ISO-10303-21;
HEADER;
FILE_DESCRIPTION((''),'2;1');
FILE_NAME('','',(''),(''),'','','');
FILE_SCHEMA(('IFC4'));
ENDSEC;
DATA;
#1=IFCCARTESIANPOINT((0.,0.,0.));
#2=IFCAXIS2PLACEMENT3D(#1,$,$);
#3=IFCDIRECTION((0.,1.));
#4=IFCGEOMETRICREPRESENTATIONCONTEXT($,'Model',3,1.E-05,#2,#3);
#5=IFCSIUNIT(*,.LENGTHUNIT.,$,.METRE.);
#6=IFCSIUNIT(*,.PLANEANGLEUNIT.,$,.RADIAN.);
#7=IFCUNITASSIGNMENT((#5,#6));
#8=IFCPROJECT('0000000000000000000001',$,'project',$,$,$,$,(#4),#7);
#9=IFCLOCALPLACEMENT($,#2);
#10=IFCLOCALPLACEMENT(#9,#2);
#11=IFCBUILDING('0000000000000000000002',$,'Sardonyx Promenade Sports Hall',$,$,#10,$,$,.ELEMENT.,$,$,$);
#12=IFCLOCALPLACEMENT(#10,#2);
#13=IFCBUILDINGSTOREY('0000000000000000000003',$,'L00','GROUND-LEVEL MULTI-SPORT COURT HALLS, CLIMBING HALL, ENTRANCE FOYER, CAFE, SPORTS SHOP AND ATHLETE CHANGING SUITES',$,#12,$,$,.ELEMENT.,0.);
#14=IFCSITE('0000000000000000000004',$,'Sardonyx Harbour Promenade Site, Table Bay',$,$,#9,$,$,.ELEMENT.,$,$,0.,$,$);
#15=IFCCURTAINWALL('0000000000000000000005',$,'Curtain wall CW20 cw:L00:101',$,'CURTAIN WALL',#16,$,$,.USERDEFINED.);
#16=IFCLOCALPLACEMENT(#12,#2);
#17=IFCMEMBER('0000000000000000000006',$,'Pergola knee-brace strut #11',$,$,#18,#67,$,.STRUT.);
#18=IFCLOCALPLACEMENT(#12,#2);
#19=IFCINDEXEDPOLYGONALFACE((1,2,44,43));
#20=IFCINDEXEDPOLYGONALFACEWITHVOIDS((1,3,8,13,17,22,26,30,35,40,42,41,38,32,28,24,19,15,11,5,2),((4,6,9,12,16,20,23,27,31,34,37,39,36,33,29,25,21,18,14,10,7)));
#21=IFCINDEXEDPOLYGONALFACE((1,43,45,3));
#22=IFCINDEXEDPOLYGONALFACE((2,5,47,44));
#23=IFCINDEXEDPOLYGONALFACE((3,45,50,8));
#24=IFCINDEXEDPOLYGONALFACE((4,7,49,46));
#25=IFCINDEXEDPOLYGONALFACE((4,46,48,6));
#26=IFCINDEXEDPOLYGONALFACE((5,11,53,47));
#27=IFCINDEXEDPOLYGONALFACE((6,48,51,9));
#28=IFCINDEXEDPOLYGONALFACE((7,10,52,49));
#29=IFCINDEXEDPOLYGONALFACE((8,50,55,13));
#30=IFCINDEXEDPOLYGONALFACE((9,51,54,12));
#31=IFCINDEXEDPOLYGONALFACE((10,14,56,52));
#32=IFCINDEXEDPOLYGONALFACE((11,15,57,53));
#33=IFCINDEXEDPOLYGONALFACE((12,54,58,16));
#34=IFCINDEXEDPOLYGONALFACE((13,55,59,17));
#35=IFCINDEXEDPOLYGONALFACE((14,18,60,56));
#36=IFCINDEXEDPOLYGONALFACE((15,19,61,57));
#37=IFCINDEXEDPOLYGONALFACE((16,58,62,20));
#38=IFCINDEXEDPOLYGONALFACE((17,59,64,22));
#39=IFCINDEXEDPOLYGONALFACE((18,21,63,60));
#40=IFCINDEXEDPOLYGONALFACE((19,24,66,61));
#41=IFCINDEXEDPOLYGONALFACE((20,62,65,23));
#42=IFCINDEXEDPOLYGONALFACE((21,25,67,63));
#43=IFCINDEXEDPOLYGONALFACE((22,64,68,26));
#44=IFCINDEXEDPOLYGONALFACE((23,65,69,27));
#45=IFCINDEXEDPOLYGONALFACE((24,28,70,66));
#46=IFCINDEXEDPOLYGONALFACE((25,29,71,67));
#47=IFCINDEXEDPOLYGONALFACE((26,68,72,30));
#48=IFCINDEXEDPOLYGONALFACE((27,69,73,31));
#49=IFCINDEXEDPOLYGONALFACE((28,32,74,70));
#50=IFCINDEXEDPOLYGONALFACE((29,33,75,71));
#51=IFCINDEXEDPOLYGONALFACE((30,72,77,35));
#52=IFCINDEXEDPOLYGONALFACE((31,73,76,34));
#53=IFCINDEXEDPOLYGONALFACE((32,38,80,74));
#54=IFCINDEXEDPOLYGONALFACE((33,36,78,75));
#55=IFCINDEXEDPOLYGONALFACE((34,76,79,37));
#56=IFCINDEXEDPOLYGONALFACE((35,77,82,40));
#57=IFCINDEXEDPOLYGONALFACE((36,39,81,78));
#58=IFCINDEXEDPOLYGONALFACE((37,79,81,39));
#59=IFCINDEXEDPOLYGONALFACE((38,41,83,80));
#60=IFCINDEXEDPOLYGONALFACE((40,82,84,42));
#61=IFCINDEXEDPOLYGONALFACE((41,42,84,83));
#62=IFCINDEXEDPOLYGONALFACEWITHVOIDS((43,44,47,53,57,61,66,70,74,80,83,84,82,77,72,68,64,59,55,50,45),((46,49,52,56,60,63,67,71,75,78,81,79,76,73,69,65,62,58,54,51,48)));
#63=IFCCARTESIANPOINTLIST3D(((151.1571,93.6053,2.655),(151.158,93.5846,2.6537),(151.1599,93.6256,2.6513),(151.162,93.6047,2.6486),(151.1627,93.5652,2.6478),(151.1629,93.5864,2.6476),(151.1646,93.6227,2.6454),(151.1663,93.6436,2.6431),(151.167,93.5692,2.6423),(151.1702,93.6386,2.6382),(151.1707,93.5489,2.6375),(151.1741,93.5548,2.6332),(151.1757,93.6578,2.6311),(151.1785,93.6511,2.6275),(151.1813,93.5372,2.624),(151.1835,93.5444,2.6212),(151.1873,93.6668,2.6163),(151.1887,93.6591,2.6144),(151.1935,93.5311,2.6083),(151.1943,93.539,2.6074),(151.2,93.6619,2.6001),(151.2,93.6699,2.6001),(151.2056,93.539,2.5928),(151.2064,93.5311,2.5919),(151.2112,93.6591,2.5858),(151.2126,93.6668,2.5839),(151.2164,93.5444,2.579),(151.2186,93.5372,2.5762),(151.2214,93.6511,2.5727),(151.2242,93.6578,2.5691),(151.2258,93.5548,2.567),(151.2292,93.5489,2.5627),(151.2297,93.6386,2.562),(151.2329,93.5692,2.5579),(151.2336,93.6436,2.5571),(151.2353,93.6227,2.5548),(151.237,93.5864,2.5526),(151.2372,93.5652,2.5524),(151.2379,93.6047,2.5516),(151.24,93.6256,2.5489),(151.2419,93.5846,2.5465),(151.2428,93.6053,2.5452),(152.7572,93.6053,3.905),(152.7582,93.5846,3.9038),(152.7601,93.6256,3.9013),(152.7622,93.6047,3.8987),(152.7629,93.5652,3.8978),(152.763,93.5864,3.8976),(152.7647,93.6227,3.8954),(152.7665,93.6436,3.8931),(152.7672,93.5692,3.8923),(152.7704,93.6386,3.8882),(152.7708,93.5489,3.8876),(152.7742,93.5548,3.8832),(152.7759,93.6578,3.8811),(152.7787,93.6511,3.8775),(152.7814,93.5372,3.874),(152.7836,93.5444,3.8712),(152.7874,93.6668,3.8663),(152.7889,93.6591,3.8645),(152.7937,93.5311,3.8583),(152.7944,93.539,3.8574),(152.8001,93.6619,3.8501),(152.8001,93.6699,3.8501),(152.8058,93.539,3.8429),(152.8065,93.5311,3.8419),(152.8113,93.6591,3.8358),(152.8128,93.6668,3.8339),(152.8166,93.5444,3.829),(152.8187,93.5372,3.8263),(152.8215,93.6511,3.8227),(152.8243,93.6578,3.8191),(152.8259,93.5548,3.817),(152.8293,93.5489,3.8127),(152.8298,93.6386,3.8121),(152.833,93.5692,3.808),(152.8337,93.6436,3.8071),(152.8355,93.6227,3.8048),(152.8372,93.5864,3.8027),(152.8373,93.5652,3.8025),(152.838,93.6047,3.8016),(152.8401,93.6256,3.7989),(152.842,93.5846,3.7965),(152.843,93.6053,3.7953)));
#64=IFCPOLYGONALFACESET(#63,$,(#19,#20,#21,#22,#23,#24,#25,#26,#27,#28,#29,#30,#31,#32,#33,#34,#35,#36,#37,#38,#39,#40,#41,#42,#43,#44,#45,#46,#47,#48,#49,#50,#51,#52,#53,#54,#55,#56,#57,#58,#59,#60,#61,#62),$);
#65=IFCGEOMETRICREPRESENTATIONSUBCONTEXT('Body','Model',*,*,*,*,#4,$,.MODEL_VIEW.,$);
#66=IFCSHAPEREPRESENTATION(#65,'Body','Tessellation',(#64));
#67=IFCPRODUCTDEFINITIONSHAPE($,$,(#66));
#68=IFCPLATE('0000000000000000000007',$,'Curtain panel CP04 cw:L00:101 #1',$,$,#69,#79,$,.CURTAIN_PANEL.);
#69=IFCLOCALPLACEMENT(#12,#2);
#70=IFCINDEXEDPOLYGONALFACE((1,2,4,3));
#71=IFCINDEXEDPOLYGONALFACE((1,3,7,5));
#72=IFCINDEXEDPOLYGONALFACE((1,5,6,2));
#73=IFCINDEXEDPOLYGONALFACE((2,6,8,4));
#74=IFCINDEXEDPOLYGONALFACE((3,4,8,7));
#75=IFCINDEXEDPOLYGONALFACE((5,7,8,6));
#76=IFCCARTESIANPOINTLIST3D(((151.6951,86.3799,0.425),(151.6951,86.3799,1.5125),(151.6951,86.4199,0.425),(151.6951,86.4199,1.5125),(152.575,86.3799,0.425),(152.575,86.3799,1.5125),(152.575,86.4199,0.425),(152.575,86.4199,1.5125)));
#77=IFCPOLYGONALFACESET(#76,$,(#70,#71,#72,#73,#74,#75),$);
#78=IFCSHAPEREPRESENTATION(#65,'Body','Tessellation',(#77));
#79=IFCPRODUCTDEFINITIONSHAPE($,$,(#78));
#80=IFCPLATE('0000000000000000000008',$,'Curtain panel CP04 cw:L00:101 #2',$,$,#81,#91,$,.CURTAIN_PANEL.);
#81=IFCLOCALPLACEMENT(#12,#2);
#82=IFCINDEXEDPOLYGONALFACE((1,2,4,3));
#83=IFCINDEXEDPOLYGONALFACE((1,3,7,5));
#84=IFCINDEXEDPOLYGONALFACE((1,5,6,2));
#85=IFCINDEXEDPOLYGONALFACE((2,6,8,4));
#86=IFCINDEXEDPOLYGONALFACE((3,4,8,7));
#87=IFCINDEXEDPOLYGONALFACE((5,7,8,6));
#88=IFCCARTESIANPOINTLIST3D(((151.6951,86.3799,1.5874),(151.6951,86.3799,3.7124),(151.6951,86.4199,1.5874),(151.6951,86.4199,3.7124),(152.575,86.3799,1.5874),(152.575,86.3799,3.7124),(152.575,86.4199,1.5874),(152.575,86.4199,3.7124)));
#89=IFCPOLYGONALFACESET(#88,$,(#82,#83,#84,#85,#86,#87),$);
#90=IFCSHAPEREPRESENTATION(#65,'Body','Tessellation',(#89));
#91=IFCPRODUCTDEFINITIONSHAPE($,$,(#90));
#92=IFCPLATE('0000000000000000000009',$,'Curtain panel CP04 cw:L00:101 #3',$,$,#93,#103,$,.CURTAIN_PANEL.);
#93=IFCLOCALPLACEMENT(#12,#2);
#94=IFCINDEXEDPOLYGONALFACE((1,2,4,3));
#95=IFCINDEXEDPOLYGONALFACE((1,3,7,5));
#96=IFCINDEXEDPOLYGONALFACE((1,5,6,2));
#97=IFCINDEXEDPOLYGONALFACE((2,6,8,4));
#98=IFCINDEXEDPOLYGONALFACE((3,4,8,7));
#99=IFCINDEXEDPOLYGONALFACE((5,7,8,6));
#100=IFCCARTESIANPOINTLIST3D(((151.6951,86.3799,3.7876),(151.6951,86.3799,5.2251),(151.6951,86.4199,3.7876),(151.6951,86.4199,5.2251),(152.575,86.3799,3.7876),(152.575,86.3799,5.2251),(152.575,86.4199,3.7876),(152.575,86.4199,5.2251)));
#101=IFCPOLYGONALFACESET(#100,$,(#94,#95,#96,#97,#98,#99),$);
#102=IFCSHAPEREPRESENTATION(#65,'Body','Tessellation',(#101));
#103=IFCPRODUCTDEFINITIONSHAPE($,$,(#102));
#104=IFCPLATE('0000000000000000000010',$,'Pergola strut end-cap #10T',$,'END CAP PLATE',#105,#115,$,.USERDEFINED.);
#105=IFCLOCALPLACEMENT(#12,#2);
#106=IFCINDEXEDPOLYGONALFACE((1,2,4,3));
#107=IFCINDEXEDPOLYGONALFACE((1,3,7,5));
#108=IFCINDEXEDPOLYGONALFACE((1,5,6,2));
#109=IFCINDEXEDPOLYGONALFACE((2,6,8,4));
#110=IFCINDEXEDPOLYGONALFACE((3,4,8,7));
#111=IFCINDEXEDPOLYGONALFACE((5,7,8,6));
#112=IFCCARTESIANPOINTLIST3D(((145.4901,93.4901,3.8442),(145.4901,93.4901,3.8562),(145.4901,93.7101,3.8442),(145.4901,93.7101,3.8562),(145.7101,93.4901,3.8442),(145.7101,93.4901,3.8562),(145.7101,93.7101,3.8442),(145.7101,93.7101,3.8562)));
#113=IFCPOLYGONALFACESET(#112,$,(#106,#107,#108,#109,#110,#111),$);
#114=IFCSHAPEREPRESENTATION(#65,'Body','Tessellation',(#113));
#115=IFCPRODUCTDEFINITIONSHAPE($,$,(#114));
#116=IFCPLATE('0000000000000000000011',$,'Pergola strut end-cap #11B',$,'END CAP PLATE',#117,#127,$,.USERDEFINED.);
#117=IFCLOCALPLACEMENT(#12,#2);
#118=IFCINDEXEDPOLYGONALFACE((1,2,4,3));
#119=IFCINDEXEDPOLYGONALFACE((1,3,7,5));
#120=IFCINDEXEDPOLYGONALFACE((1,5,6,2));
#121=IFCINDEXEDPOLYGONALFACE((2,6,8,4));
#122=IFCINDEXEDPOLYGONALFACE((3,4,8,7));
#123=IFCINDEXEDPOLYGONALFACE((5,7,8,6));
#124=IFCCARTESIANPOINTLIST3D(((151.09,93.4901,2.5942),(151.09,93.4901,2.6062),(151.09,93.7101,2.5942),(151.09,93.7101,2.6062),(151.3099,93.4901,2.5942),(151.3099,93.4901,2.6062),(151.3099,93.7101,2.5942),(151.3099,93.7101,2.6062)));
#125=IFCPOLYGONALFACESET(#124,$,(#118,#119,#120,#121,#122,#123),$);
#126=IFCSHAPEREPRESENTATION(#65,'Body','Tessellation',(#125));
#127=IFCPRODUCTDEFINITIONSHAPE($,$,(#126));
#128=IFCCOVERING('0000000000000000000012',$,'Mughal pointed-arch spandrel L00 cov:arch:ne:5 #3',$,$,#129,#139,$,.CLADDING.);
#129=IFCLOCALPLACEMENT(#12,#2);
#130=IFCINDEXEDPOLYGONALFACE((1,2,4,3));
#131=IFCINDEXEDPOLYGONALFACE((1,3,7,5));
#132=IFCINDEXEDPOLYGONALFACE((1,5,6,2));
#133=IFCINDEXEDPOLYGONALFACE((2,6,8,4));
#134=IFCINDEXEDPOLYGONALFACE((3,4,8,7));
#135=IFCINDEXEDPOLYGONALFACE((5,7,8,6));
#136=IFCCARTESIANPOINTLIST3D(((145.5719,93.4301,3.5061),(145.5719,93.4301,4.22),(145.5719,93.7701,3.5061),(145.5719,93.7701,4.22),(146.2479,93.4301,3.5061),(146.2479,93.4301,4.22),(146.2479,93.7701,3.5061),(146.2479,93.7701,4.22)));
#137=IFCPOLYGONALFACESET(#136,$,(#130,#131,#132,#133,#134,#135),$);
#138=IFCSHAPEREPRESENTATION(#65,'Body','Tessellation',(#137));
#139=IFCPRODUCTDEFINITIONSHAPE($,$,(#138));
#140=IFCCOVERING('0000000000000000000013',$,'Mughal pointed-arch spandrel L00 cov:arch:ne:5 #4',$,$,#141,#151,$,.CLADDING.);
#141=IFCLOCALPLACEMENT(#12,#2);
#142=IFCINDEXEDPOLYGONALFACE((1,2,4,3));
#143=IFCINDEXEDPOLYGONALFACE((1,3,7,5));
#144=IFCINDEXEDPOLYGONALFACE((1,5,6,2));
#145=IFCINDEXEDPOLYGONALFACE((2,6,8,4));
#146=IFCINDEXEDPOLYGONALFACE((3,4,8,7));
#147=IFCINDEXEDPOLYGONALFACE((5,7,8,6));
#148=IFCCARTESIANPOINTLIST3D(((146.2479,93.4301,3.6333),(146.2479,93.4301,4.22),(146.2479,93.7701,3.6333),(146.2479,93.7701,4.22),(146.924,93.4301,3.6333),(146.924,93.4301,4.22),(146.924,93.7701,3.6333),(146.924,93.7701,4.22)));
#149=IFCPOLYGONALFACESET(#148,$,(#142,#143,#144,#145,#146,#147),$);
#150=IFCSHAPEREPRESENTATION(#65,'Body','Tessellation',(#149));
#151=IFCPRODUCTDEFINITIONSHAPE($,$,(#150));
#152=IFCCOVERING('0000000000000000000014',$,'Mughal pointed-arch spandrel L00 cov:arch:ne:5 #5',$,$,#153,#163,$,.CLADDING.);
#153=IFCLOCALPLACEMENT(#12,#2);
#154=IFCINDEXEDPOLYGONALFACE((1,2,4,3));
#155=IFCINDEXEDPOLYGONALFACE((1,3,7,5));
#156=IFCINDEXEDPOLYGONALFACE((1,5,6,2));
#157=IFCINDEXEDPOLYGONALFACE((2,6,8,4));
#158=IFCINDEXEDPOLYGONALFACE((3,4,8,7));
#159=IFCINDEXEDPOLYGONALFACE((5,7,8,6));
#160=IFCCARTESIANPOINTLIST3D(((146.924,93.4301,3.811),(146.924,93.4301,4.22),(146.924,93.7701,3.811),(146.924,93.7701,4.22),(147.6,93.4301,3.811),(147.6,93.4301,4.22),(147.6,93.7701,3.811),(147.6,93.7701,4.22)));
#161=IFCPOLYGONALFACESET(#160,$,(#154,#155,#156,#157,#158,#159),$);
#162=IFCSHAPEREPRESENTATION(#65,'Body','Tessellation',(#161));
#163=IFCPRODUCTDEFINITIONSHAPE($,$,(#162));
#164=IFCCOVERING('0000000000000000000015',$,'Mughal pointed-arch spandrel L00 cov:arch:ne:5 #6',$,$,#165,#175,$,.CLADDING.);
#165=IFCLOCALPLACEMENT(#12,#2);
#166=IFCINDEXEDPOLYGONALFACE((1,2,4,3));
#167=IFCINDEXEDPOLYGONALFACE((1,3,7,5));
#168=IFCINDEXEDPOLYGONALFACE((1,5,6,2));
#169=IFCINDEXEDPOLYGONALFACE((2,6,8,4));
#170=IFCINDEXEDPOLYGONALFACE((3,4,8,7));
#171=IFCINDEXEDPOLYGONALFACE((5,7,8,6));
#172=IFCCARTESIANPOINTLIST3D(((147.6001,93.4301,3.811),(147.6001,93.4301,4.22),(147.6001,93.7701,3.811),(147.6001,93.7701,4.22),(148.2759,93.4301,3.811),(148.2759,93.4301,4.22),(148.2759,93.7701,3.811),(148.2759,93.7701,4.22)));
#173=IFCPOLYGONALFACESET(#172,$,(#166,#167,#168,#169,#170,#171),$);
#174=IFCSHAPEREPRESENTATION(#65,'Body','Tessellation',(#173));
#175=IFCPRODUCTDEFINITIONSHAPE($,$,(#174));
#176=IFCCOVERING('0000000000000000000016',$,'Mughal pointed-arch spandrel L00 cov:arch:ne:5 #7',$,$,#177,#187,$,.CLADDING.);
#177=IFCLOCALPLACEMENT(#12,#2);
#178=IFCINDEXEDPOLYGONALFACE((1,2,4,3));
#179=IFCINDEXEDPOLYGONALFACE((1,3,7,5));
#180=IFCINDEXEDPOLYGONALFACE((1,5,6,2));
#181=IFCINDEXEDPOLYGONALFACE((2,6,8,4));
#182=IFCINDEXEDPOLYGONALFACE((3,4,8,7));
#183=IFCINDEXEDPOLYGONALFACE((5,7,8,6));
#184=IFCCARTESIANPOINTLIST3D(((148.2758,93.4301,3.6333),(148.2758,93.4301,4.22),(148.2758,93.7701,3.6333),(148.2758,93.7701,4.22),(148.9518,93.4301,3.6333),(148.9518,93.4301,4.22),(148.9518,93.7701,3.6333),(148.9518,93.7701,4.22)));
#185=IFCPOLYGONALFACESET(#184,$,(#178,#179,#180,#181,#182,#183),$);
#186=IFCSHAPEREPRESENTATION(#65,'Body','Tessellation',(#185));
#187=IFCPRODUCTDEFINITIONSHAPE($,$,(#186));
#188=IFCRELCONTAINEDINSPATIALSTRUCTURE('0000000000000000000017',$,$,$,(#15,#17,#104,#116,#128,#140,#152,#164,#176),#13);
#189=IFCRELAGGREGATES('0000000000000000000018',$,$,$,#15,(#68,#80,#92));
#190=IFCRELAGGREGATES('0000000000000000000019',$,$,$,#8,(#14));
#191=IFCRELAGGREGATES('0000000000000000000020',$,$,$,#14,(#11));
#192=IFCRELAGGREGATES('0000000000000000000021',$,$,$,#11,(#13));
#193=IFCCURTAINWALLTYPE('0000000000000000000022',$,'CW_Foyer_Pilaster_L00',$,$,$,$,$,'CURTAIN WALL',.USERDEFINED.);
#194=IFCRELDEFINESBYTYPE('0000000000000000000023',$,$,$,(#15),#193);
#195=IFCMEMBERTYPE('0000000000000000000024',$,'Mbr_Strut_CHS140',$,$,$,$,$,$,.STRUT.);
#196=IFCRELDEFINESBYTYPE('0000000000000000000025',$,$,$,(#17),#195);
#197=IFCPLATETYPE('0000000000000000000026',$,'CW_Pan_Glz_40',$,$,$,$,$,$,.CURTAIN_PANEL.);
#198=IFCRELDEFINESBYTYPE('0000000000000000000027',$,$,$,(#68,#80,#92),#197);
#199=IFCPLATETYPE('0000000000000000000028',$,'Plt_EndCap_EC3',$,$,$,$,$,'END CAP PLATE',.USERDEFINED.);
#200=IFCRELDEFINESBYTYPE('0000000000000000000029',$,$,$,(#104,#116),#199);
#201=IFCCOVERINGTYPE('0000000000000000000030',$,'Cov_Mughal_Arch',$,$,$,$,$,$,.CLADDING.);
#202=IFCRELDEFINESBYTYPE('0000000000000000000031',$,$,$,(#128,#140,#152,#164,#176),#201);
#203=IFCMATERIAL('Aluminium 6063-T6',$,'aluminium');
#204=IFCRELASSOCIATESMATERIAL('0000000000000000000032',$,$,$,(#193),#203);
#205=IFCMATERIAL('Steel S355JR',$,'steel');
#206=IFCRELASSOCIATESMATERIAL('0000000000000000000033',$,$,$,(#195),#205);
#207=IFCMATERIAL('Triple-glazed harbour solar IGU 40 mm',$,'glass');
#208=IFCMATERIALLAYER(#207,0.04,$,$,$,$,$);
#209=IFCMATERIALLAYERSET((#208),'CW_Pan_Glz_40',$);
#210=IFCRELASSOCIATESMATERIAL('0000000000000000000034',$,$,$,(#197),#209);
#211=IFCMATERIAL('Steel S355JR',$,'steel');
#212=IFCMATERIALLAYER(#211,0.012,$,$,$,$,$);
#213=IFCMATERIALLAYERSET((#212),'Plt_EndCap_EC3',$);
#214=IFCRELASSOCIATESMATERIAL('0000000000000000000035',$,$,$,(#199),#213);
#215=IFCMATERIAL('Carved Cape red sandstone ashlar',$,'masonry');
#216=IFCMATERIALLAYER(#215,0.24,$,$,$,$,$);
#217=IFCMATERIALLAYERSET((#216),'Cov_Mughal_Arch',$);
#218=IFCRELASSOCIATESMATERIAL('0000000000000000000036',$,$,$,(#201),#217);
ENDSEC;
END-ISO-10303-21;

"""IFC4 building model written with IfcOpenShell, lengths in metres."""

from ifc_helpers import new_model, si_unit, direction, frame, frame_2d, origin, origin_2d, place, context, subcontext, project, spatial, rectangle, hollow_circle, extrude, material, layer, layer_set, material_profile, profile_set, type_object, element, aggregate, save


model = new_model("IFC4")

# Units and contexts
model_context = context("Model", 3, precision=1e-05, world=origin(), true_north=direction((0.0, 1.0)))
body_context = subcontext(model_context, "Body", "Model", "MODEL_VIEW")
ifc_project = project(units=[si_unit("LENGTHUNIT", "METRE"), si_unit("PLANEANGLEUNIT", "RADIAN")], contexts=[model_context])

# Site, building, storey
site_placement = place(None, origin())
site = spatial("IfcSite", under=ifc_project, at=site_placement, Name="Sardonyx Harbour Promenade Site, Table Bay", CompositionType="ELEMENT", RefElevation=0.0)
building_placement = place(site_placement, origin())
building = spatial("IfcBuilding", under=site, at=building_placement, Name="Sardonyx Promenade Sports Hall", CompositionType="ELEMENT")
storey_placement = place(building_placement, origin())
storey = spatial("IfcBuildingStorey", under=building, at=storey_placement, Name="L00", Description="GROUND-LEVEL MULTI-SPORT COURT HALLS, CLIMBING HALL, ENTRANCE FOYER, CAFE, SPORTS SHOP AND ATHLETE CHANGING SUITES", CompositionType="ELEMENT", Elevation=0.0)

# Curtain wall
ifc_material_1 = material(Name="Aluminium 6063-T6", Category="aluminium")
curtain_wall_type = type_object("IfcCurtainWallType", Name="CW_Foyer_Pilaster_L00", ElementType="CURTAIN WALL", PredefinedType="USERDEFINED", material=ifc_material_1)
curtain_wall_placement = place(storey_placement, origin())
curtain_wall = element("IfcCurtainWall", 1, at=curtain_wall_placement, inside=storey, type_object=curtain_wall_type, Name="Curtain wall CW20 cw:L00:101", ObjectType="CURTAIN WALL", PredefinedType="USERDEFINED")

# Member
ifc_material_2 = material(Name="Steel S355JR", Category="steel")
ifc_material_profile_1 = material_profile(ifc_material_2, hollow_circle(Radius=0.0698, WallThickness=0.0081, at=origin_2d()))
ifc_profile_set_1 = profile_set([ifc_material_profile_1], Name="Steel S355JR")
member_type_1 = type_object("IfcMemberType", Name="Mbr_Strut_CHS140", PredefinedType="STRUT", material=ifc_profile_set_1)
member_1_placement = place(storey_placement, frame((151.2, 93.6001, 2.6001), z_axis=(0.788043, 0.0, 0.615621), x_axis=(0.0, 1.0, 0.0)))
element("IfcMember", 2, at=member_1_placement, inside=storey, type_object=member_type_1, Name="Pergola knee-brace strut #11", PredefinedType="STRUT", context=body_context, shape_type="SweptSolid", body=[
    extrude(hollow_circle(Radius=0.0698, WallThickness=0.0081, at=origin_2d()), origin(), (0.0, 0.0, 1.0), 2.0305),
])

# Plates
ifc_material_3 = material(Name="Triple-glazed harbour solar IGU 40 mm", Category="glass")
ifc_layer_1 = layer(ifc_material_3, 0.04)
ifc_layer_set_1 = layer_set([ifc_layer_1], Name="CW_Pan_Glz_40")
plate_type_1 = type_object("IfcPlateType", Name="CW_Pan_Glz_40", PredefinedType="CURTAIN_PANEL", material=ifc_layer_set_1)
plate_1_placement = place(storey_placement, frame((152.135, 86.3999, 0.425), z_axis=(0.0, 0.0, 1.0), x_axis=(1.0, 0.0, 0.0)))
plate_1 = element("IfcPlate", 3, at=plate_1_placement, type_object=plate_type_1, Name="Curtain panel CP04 cw:L00:101 #1", PredefinedType="CURTAIN_PANEL", context=body_context, shape_type="SweptSolid", body=[
    extrude(rectangle(XDim=0.8799, YDim=0.04, at=origin_2d()), origin(), (0.0, 0.0, 1.0), 1.0874),
])
plate_2_placement = place(storey_placement, frame((152.135, 86.3999, 1.5874), z_axis=(0.0, 0.0, 1.0), x_axis=(1.0, 0.0, 0.0)))
plate_2 = element("IfcPlate", 4, at=plate_2_placement, type_object=plate_type_1, Name="Curtain panel CP04 cw:L00:101 #2", PredefinedType="CURTAIN_PANEL", context=body_context, shape_type="SweptSolid", body=[
    extrude(rectangle(XDim=0.8799, YDim=0.04, at=origin_2d()), origin(), (0.0, 0.0, 1.0), 2.125),
])
plate_3_placement = place(storey_placement, frame((152.135, 86.3999, 3.7876), z_axis=(0.0, 0.0, 1.0), x_axis=(1.0, 0.0, 0.0)))
plate_3 = element("IfcPlate", 5, at=plate_3_placement, type_object=plate_type_1, Name="Curtain panel CP04 cw:L00:101 #3", PredefinedType="CURTAIN_PANEL", context=body_context, shape_type="SweptSolid", body=[
    extrude(rectangle(XDim=0.8799, YDim=0.04, at=origin_2d()), origin(), (0.0, 0.0, 1.0), 1.4375),
])
aggregate(curtain_wall, [plate_1, plate_2, plate_3])

# Plates
ifc_material_4 = material(Name="Steel S355JR", Category="steel")
ifc_layer_2 = layer(ifc_material_4, 0.012)
ifc_layer_set_2 = layer_set([ifc_layer_2], Name="Plt_EndCap_EC3")
plate_type_2 = type_object("IfcPlateType", Name="Plt_EndCap_EC3", ElementType="END CAP PLATE", PredefinedType="USERDEFINED", material=ifc_layer_set_2)
for number, where, z_axis, x_axis, name in (
    (6, (145.6001, 93.6001, 3.8442), (0.0, 0.0, 1.0), (1.0, 0.0, 0.0), "Pergola strut end-cap #10T"),
    (7, (151.2, 93.6001, 2.5942), (0.0, 0.0, 1.0), (1.0, 0.0, 0.0), "Pergola strut end-cap #11B"),
):
    element("IfcPlate", number, at=place(storey_placement, frame(where, z_axis=z_axis, x_axis=x_axis)), inside=storey, type_object=plate_type_2, Name=name, ObjectType="END CAP PLATE", PredefinedType="USERDEFINED", context=body_context, shape_type="SweptSolid", body=[
        extrude(rectangle(XDim=0.22, YDim=0.22, at=origin_2d()), origin(), (0.0, 0.0, 1.0), 0.012),
    ])

# Coverings
ifc_material_5 = material(Name="Carved Cape red sandstone ashlar", Category="masonry")
ifc_layer_3 = layer(ifc_material_5, 0.24)
ifc_layer_set_3 = layer_set([ifc_layer_3], Name="Cov_Mughal_Arch")
covering_type = type_object("IfcCoveringType", Name="Cov_Mughal_Arch", PredefinedType="CLADDING", material=ifc_layer_set_3)
covering_1_placement = place(storey_placement, frame((145.572, 93.6001, 3.5061), z_axis=(0.0, 0.0, 1.0), x_axis=(1.0, 0.0, 0.0)))
element("IfcCovering", 8, at=covering_1_placement, inside=storey, type_object=covering_type, Name="Mughal pointed-arch spandrel L00 cov:arch:ne:5 #3", PredefinedType="CLADDING", context=body_context, shape_type="SweptSolid", body=[
    extrude(rectangle(XDim=0.676, YDim=0.3401, at=frame_2d((0.3379, 0.0))), origin(), (0.0, 0.0, 1.0), 0.7139),
])
covering_2_placement = place(storey_placement, frame((146.248, 93.6001, 3.6333), z_axis=(0.0, 0.0, 1.0), x_axis=(1.0, 0.0, 0.0)))
element("IfcCovering", 9, at=covering_2_placement, inside=storey, type_object=covering_type, Name="Mughal pointed-arch spandrel L00 cov:arch:ne:5 #4", PredefinedType="CLADDING", context=body_context, shape_type="SweptSolid", body=[
    extrude(rectangle(XDim=0.676, YDim=0.3401, at=frame_2d((0.3379, 0.0))), origin(), (0.0, 0.0, 1.0), 0.5867),
])
covering_3_placement = place(storey_placement, frame((146.9241, 93.6001, 3.811), z_axis=(0.0, 0.0, 1.0), x_axis=(1.0, 0.0, 0.0)))
element("IfcCovering", 10, at=covering_3_placement, inside=storey, type_object=covering_type, Name="Mughal pointed-arch spandrel L00 cov:arch:ne:5 #5", PredefinedType="CLADDING", context=body_context, shape_type="SweptSolid", body=[
    extrude(rectangle(XDim=0.676, YDim=0.3401, at=frame_2d((0.3379, 0.0))), origin(), (0.0, 0.0, 1.0), 0.4089),
])
covering_4_placement = place(storey_placement, frame((147.6001, 93.6001, 3.811), z_axis=(0.0, 0.0, 1.0), x_axis=(1.0, 0.0, 0.0)))
element("IfcCovering", 11, at=covering_4_placement, inside=storey, type_object=covering_type, Name="Mughal pointed-arch spandrel L00 cov:arch:ne:5 #6", PredefinedType="CLADDING", context=body_context, shape_type="SweptSolid", body=[
    extrude(rectangle(XDim=0.6758, YDim=0.3401, at=frame_2d((0.3379, 0.0))), origin(), (0.0, 0.0, 1.0), 0.4089),
])
covering_5_placement = place(storey_placement, frame((148.2759, 93.6001, 3.6333), z_axis=(0.0, 0.0, 1.0), x_axis=(1.0, 0.0, 0.0)))
element("IfcCovering", 12, at=covering_5_placement, inside=storey, type_object=covering_type, Name="Mughal pointed-arch spandrel L00 cov:arch:ne:5 #7", PredefinedType="CLADDING", context=body_context, shape_type="SweptSolid", body=[
    extrude(rectangle(XDim=0.676, YDim=0.3401, at=frame_2d((0.3379, 0.0))), origin(), (0.0, 0.0, 1.0), 0.5867),
])

save(model, "model.ifc")
